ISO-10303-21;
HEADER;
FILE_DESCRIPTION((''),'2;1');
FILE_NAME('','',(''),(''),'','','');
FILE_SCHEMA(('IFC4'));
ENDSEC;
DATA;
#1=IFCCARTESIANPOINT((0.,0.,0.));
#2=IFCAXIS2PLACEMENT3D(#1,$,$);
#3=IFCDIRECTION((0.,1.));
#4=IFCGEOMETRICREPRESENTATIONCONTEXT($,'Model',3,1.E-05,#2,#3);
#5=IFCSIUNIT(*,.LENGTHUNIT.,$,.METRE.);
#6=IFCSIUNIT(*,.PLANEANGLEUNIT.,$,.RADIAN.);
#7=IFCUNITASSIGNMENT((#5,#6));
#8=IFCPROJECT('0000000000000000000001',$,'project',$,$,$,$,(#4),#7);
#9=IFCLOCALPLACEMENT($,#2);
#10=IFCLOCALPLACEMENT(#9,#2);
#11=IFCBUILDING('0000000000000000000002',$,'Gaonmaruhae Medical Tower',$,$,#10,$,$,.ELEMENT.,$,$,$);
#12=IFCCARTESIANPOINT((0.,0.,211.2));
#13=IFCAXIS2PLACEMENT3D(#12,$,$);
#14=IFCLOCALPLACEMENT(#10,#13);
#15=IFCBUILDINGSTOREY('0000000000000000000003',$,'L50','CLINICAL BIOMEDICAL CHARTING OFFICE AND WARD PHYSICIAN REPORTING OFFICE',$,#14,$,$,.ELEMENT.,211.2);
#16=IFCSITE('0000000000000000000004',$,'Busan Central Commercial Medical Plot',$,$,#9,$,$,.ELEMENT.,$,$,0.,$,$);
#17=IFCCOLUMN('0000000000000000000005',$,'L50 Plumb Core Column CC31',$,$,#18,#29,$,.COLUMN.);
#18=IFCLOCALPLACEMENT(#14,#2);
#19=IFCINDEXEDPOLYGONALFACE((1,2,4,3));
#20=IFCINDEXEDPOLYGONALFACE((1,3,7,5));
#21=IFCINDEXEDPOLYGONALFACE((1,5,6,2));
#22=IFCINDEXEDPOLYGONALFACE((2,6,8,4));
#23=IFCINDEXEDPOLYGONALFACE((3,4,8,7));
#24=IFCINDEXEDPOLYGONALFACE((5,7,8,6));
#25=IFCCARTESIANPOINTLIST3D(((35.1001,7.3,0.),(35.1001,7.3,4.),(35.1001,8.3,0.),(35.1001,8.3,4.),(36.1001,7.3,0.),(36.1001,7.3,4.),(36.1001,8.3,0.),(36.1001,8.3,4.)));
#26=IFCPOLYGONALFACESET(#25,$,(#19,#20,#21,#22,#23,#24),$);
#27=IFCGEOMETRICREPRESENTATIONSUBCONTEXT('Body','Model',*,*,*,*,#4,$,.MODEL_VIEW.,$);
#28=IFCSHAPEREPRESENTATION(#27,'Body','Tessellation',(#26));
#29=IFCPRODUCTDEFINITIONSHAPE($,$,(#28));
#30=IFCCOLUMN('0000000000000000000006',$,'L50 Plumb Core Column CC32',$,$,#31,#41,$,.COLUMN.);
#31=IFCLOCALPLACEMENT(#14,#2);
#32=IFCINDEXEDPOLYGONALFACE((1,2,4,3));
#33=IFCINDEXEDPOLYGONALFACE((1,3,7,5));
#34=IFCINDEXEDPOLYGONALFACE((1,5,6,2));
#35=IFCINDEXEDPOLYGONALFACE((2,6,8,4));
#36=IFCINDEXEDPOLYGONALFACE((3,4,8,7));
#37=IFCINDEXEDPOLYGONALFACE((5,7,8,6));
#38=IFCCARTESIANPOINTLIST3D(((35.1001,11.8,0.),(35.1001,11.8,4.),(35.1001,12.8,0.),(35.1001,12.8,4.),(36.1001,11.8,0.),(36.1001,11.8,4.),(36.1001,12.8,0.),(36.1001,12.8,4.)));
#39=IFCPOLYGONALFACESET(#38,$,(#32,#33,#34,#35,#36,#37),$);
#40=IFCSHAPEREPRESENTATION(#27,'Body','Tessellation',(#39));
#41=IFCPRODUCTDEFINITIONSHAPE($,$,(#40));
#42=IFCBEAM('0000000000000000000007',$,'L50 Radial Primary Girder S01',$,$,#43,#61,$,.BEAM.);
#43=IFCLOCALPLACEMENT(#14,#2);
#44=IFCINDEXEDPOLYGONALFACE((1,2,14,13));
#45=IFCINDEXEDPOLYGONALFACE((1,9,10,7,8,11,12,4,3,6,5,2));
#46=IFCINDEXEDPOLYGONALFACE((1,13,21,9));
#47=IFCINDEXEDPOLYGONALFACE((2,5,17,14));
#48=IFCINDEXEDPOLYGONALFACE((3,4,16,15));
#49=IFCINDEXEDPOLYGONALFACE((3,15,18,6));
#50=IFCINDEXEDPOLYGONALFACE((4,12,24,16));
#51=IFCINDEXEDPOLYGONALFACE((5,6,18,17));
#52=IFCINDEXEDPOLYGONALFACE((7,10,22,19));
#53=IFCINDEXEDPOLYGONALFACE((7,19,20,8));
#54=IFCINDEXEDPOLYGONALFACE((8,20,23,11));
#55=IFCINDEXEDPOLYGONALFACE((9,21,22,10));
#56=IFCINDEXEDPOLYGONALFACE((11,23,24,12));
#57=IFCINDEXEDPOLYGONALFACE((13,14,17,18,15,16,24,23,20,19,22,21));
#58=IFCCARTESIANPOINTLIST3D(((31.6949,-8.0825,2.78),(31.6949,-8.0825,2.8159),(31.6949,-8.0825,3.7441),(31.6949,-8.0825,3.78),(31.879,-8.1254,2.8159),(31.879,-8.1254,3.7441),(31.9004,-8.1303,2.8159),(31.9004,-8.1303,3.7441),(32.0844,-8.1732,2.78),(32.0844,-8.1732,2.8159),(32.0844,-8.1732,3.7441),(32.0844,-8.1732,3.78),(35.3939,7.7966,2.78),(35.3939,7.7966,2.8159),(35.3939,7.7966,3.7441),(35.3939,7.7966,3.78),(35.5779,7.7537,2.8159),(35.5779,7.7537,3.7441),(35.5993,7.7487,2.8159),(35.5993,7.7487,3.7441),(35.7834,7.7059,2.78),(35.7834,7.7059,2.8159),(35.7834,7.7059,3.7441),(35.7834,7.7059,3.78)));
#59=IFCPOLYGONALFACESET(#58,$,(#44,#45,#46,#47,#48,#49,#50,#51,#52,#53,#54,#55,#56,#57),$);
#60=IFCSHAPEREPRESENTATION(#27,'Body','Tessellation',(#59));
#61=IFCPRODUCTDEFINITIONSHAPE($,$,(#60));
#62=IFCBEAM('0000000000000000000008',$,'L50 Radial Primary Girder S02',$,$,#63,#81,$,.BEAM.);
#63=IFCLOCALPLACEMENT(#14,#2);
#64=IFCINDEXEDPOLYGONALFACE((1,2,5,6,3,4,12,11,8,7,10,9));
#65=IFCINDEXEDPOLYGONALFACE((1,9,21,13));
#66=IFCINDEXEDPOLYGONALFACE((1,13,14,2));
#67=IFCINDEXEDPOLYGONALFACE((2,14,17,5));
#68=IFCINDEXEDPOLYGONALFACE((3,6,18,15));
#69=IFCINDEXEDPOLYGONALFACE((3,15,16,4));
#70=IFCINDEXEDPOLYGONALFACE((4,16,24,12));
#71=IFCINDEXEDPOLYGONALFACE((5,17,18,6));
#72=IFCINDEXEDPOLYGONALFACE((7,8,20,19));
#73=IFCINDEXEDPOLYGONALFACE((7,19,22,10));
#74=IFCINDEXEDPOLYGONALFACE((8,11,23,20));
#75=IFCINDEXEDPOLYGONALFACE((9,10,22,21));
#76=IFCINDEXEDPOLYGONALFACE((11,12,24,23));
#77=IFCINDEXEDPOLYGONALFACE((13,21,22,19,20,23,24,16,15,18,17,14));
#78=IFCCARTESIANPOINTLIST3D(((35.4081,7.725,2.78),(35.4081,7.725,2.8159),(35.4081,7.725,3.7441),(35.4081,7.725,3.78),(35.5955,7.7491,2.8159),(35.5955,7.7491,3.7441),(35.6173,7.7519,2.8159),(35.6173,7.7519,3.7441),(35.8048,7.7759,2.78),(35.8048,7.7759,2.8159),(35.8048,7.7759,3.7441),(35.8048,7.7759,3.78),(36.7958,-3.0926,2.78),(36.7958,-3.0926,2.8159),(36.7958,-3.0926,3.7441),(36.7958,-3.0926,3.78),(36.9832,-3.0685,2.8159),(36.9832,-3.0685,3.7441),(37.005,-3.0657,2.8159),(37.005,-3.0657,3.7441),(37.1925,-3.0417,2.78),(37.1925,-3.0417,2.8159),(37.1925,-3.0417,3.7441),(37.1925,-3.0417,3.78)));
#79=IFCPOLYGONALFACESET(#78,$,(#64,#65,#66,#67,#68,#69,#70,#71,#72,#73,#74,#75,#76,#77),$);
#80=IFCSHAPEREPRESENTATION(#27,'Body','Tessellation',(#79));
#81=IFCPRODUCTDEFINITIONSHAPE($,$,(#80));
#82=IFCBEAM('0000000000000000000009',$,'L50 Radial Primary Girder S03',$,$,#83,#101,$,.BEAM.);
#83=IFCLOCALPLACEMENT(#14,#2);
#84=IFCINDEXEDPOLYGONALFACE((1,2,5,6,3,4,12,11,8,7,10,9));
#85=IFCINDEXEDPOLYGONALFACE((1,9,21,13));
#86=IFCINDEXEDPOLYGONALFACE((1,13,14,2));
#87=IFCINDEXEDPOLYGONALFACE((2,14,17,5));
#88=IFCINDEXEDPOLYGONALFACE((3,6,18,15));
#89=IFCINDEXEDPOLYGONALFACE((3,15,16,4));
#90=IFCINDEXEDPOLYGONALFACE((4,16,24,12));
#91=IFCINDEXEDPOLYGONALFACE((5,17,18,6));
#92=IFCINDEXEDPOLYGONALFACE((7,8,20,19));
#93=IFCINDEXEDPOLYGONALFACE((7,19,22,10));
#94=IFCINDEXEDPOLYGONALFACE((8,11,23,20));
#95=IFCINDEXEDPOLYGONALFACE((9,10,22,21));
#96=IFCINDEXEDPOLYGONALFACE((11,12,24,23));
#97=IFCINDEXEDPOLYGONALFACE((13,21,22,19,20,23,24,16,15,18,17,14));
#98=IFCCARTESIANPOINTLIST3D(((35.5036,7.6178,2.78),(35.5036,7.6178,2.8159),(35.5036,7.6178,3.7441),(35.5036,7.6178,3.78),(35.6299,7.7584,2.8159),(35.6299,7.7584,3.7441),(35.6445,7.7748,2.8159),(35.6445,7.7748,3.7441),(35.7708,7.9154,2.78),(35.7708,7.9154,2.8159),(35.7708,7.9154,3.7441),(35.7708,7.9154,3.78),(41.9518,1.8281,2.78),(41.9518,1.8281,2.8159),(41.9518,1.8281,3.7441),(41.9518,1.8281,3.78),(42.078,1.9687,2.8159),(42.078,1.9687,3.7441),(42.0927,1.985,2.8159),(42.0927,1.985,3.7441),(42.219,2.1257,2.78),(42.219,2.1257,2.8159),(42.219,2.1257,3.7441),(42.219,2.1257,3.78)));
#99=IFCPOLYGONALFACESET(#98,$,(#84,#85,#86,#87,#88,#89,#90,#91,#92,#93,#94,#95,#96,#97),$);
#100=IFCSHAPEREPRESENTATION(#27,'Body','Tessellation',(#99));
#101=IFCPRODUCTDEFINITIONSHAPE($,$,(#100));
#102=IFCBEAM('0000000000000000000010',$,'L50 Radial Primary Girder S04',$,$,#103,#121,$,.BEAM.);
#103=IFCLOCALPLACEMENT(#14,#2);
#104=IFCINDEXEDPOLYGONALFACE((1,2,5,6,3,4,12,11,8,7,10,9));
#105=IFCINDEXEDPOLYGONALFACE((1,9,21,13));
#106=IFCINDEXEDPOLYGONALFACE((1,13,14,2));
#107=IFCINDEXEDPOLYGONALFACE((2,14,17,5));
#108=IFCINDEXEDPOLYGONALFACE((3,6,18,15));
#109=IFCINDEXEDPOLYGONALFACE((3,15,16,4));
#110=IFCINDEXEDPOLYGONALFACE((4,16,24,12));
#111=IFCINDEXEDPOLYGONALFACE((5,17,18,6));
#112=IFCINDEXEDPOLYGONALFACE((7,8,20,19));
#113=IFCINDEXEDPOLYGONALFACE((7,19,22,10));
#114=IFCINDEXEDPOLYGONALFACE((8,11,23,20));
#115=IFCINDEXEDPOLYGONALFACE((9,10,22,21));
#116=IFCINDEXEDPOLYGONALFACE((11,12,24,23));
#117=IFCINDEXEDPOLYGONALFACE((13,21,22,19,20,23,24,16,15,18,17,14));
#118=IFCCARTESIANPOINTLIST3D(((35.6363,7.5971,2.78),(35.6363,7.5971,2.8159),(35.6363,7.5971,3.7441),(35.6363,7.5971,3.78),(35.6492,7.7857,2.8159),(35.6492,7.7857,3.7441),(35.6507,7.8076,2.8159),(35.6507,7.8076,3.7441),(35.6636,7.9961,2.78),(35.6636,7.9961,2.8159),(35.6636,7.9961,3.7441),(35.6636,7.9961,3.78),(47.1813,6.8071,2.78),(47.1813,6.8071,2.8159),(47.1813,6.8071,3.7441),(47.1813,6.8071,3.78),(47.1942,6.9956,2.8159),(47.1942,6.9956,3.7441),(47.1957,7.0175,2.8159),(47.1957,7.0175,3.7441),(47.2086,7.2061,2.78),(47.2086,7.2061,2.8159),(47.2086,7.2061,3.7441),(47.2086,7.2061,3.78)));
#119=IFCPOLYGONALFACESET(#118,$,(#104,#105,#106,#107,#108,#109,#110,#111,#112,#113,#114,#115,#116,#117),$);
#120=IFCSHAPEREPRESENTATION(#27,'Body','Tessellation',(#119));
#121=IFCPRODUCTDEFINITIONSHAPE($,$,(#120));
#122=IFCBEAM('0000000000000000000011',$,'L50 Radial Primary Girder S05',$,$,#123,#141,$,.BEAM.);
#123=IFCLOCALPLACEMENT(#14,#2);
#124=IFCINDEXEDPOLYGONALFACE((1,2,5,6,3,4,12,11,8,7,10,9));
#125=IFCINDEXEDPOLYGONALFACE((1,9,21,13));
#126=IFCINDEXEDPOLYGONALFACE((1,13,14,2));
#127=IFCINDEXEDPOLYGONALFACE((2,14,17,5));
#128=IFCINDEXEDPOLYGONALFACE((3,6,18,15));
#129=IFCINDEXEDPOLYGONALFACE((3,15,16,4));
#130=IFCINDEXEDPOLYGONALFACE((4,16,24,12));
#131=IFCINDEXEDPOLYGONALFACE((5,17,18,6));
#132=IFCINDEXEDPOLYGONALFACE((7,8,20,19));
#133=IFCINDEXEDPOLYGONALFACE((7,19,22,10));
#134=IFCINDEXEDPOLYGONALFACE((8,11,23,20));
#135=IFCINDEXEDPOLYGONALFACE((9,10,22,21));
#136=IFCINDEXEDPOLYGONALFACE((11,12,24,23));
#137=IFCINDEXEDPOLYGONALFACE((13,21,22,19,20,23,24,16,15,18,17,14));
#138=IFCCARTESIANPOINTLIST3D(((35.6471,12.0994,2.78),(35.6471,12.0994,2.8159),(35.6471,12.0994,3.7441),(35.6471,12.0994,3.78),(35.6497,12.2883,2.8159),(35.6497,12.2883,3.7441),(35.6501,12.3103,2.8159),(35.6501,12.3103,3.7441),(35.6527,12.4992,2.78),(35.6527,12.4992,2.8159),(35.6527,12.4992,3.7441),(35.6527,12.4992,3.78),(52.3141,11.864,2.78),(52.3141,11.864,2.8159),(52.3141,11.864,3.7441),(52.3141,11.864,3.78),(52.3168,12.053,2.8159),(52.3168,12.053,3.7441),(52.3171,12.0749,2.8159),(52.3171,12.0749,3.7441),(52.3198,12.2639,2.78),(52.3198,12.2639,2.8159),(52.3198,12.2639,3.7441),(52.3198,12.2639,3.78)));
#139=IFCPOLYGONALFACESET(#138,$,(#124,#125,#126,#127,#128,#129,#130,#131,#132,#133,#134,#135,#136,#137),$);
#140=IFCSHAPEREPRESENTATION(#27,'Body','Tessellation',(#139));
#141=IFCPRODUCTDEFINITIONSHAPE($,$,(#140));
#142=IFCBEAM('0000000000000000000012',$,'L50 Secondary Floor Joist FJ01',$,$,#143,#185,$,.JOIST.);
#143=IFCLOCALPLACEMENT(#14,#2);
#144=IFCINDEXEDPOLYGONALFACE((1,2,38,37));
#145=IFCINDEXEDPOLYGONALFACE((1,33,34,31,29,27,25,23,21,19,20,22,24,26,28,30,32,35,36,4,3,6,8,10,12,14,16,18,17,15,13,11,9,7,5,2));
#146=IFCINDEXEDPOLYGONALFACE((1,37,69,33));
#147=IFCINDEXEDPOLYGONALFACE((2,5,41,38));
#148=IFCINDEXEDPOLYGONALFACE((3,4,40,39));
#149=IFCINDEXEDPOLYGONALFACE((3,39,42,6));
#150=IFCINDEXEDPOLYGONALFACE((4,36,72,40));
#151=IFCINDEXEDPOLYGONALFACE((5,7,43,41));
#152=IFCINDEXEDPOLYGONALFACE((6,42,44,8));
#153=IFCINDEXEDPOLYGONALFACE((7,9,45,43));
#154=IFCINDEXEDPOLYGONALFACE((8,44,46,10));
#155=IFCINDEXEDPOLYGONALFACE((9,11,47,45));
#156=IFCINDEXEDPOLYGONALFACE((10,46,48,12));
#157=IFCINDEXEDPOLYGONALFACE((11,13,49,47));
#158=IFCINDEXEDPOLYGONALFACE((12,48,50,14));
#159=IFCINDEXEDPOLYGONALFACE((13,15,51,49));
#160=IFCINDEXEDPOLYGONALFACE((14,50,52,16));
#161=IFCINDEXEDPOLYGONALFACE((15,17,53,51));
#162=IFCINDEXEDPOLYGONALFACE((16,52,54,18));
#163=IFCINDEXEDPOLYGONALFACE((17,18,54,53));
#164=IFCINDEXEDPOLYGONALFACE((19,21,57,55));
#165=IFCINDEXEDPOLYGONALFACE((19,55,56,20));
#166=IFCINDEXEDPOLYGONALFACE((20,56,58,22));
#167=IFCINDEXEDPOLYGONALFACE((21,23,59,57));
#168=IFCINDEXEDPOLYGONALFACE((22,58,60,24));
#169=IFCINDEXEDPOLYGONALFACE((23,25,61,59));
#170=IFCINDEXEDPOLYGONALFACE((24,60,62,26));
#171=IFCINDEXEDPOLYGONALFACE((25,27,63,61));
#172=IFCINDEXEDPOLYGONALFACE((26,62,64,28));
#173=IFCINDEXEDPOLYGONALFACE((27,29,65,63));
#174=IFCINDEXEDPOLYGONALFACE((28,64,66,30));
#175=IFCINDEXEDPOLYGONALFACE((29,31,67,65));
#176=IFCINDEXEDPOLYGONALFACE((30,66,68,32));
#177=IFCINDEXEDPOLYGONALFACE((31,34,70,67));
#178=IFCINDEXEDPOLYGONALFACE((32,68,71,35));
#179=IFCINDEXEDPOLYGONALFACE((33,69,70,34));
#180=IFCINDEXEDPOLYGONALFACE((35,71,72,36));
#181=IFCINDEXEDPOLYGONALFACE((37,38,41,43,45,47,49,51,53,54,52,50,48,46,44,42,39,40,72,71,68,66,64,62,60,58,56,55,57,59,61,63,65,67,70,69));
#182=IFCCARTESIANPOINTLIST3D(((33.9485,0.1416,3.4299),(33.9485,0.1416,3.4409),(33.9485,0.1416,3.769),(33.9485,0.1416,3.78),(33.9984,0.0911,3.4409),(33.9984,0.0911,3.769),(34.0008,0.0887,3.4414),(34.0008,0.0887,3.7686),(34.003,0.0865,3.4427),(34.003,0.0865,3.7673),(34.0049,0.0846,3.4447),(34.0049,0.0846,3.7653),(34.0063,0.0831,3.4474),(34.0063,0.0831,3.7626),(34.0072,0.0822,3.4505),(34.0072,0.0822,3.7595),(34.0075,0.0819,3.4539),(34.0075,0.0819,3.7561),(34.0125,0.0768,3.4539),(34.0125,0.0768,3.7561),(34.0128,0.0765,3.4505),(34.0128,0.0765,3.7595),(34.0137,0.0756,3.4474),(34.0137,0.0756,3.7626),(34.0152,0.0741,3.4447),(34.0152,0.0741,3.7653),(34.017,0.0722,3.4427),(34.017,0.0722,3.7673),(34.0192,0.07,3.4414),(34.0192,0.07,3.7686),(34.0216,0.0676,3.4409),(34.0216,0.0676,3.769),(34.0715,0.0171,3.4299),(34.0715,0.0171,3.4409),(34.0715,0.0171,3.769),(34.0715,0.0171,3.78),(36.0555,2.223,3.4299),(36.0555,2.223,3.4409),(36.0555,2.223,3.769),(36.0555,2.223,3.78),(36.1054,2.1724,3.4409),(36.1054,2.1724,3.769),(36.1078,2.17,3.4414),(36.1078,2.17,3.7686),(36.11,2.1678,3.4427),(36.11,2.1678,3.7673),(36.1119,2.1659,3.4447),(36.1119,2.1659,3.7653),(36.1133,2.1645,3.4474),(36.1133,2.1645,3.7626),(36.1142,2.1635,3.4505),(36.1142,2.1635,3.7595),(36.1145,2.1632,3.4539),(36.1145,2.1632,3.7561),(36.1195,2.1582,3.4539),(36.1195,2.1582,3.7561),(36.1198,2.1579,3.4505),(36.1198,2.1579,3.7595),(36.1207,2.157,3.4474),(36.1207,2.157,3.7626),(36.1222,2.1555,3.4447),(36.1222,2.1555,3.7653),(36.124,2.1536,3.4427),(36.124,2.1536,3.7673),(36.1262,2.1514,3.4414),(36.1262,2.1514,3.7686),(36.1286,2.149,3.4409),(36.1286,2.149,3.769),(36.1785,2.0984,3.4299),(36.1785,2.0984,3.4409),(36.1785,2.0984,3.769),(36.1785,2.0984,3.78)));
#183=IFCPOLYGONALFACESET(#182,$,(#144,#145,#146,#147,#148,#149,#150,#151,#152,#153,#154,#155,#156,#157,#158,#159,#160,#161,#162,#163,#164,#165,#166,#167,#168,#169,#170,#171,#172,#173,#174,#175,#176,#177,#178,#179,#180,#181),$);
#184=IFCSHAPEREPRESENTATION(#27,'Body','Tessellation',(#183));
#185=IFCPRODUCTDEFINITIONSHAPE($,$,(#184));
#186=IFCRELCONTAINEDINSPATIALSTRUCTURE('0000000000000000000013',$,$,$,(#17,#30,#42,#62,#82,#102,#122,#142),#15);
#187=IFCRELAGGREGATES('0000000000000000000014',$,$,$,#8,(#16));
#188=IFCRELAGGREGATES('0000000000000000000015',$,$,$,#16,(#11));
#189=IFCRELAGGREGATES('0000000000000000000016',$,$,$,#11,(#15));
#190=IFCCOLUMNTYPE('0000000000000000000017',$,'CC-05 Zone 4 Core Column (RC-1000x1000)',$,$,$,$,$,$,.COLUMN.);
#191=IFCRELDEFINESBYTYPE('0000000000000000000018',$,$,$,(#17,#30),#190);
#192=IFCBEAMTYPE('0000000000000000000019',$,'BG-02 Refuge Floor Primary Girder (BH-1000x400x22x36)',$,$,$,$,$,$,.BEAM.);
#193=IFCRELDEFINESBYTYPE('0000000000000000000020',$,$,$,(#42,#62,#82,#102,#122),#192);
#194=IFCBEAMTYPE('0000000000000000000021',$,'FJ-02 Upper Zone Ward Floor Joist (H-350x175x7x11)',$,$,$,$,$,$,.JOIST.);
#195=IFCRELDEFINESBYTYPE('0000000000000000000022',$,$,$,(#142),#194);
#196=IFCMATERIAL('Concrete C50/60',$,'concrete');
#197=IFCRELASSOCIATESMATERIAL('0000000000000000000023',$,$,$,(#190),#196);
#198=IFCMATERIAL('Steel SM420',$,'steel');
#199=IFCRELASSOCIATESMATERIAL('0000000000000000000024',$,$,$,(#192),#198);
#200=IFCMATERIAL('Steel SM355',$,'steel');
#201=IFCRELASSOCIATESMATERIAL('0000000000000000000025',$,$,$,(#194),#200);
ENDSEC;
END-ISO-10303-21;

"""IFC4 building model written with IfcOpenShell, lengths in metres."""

from ifc_helpers import new_model, si_unit, direction, frame, origin, origin_2d, place, context, subcontext, project, spatial, rectangle, i_section, extrude, material, material_profile, profile_set, type_object, element, save


model = new_model("IFC4")

# Units and contexts
model_context = context("Model", 3, precision=1e-05, world=origin(), true_north=direction((0.0, 1.0)))
body_context = subcontext(model_context, "Body", "Model", "MODEL_VIEW")
ifc_project = project(units=[si_unit("LENGTHUNIT", "METRE"), si_unit("PLANEANGLEUNIT", "RADIAN")], contexts=[model_context])

# Site, building, storey
site_placement = place(None, origin())
site = spatial("IfcSite", under=ifc_project, at=site_placement, Name="Busan Central Commercial Medical Plot", CompositionType="ELEMENT", RefElevation=0.0)
building_placement = place(site_placement, origin())
building = spatial("IfcBuilding", under=site, at=building_placement, Name="Gaonmaruhae Medical Tower", CompositionType="ELEMENT")
storey_placement = place(building_placement, frame((0.0, 0.0, 211.2)))
storey = spatial("IfcBuildingStorey", under=building, at=storey_placement, Name="L50", Description="CLINICAL BIOMEDICAL CHARTING OFFICE AND WARD PHYSICIAN REPORTING OFFICE", CompositionType="ELEMENT", Elevation=211.2)

# Columns
ifc_material_1 = material(Name="Concrete C50/60", Category="concrete")
ifc_material_profile_1 = material_profile(ifc_material_1, rectangle(XDim=1.0, YDim=1.0, at=origin_2d()), Name="RC-1000x1000")
ifc_profile_set_1 = profile_set([ifc_material_profile_1], Name="Concrete C50/60")
column_type = type_object("IfcColumnType", Name="CC-05 Zone 4 Core Column (RC-1000x1000)", PredefinedType="COLUMN", material=ifc_profile_set_1)
for number, where, z_axis, x_axis, name in (
    (1, (35.6001, 7.8, 0.0), (0.0, 0.0, 1.0), (1.0, 0.0, 0.0), "L50 Plumb Core Column CC31"),
    (2, (35.6001, 12.3, 0.0), (0.0, 0.0, 1.0), (1.0, 0.0, 0.0), "L50 Plumb Core Column CC32"),
):
    element("IfcColumn", number, at=place(storey_placement, frame(where, z_axis=z_axis, x_axis=x_axis)), inside=storey, type_object=column_type, Name=name, PredefinedType="COLUMN", context=body_context, shape_type="SweptSolid", body=[
        extrude(rectangle(XDim=1.0, YDim=1.0, at=origin_2d()), origin(), (0.0, 0.0, 1.0), 4.0),
    ])

# Beams
ifc_material_2 = material(Name="Steel SM420", Category="steel")
ifc_material_profile_2 = material_profile(ifc_material_2, i_section(OverallWidth=0.3999, OverallDepth=1.0, WebThickness=0.022, FlangeThickness=0.0359, at=origin_2d()), Name="BH-1000x400x22x36")
ifc_profile_set_2 = profile_set([ifc_material_profile_2], Name="Steel SM420")
beam_type_1 = type_object("IfcBeamType", Name="BG-02 Refuge Floor Primary Girder (BH-1000x400x22x36)", PredefinedType="BEAM", material=ifc_profile_set_2)
beam_1_placement = place(storey_placement, frame((35.5886, 7.7512, 3.28), z_axis=(-0.226871, -0.973925, 0.0), x_axis=(0.973925, -0.226871, 0.0)))
element("IfcBeam", 3, at=beam_1_placement, inside=storey, type_object=beam_type_1, Name="L50 Radial Primary Girder S01", PredefinedType="BEAM", context=body_context, shape_type="SweptSolid", body=[
    extrude(i_section(OverallWidth=0.3999, OverallDepth=1.0, WebThickness=0.022, FlangeThickness=0.0359, at=origin_2d()), origin(), (0.0, 0.0, 1.0), 16.3042),
])
beam_2_placement = place(storey_placement, frame((35.6064, 7.7505, 3.28), z_axis=(0.127238, -0.991872, 0.0), x_axis=(0.991872, 0.127238, 0.0)))
element("IfcBeam", 4, at=beam_2_placement, inside=storey, type_object=beam_type_1, Name="L50 Radial Primary Girder S02", PredefinedType="BEAM", context=body_context, shape_type="SweptSolid", body=[
    extrude(i_section(OverallWidth=0.3999, OverallDepth=1.0, WebThickness=0.022, FlangeThickness=0.0359, at=origin_2d()), origin(), (0.0, 0.0, 1.0), 10.9062),
])
beam_3_placement = place(storey_placement, frame((35.6372, 7.7666, 3.28), z_axis=(0.744075, -0.668096, 0.0), x_axis=(0.668096, 0.744075, 0.0)))
element("IfcBeam", 5, at=beam_3_placement, inside=storey, type_object=beam_type_1, Name="L50 Radial Primary Girder S03", PredefinedType="BEAM", context=body_context, shape_type="SweptSolid", body=[
    extrude(i_section(OverallWidth=0.3999, OverallDepth=1.0, WebThickness=0.022, FlangeThickness=0.0359, at=origin_2d()), origin(), (0.0, 0.0, 1.0), 8.666),
])
beam_4_placement = place(storey_placement, frame((35.6499, 7.7966, 3.28), z_axis=(0.997667, -0.068272, 0.0), x_axis=(0.068272, 0.997667, 0.0)))
element("IfcBeam", 6, at=beam_4_placement, inside=storey, type_object=beam_type_1, Name="L50 Radial Primary Girder S04", PredefinedType="BEAM", context=body_context, shape_type="SweptSolid", body=[
    extrude(i_section(OverallWidth=0.3999, OverallDepth=1.0, WebThickness=0.022, FlangeThickness=0.0359, at=origin_2d()), origin(), (0.0, 0.0, 1.0), 11.572),
])
beam_5_placement = place(storey_placement, frame((35.6499, 12.2993, 3.28), z_axis=(0.9999, -0.014119, 0.0), x_axis=(0.014119, 0.9999, 0.0)))
element("IfcBeam", 7, at=beam_5_placement, inside=storey, type_object=beam_type_1, Name="L50 Radial Primary Girder S05", PredefinedType="BEAM", context=body_context, shape_type="SweptSolid", body=[
    extrude(i_section(OverallWidth=0.3999, OverallDepth=1.0, WebThickness=0.022, FlangeThickness=0.0359, at=origin_2d()), origin(), (0.0, 0.0, 1.0), 16.6687),
])
ifc_material_3 = material(Name="Steel SM355", Category="steel")
ifc_material_profile_3 = material_profile(ifc_material_3, i_section(OverallWidth=0.175, OverallDepth=0.3501, WebThickness=0.0071, FlangeThickness=0.011, FilletRadius=0.0129, at=origin_2d()), Name="H-350x175x7x11")
ifc_profile_set_3 = profile_set([ifc_material_profile_3], Name="Steel SM355")
beam_type_2 = type_object("IfcBeamType", Name="FJ-02 Upper Zone Ward Floor Joist (H-350x175x7x11)", PredefinedType="JOIST", material=ifc_profile_set_3)
beam_6_placement = place(storey_placement, frame((34.01, 0.0793, 3.605), z_axis=(0.711421, 0.702766, 0.0), x_axis=(-0.702766, 0.711421, 0.0)))
element("IfcBeam", 8, at=beam_6_placement, inside=storey, type_object=beam_type_2, Name="L50 Secondary Floor Joist FJ01", PredefinedType="JOIST", context=body_context, shape_type="SweptSolid", body=[
    extrude(i_section(OverallWidth=0.175, OverallDepth=0.3501, WebThickness=0.0071, FlangeThickness=0.011, FilletRadius=0.0129, at=origin_2d()), origin(), (0.0, 0.0, 1.0), 2.9617),
])

save(model, "model.ifc")
